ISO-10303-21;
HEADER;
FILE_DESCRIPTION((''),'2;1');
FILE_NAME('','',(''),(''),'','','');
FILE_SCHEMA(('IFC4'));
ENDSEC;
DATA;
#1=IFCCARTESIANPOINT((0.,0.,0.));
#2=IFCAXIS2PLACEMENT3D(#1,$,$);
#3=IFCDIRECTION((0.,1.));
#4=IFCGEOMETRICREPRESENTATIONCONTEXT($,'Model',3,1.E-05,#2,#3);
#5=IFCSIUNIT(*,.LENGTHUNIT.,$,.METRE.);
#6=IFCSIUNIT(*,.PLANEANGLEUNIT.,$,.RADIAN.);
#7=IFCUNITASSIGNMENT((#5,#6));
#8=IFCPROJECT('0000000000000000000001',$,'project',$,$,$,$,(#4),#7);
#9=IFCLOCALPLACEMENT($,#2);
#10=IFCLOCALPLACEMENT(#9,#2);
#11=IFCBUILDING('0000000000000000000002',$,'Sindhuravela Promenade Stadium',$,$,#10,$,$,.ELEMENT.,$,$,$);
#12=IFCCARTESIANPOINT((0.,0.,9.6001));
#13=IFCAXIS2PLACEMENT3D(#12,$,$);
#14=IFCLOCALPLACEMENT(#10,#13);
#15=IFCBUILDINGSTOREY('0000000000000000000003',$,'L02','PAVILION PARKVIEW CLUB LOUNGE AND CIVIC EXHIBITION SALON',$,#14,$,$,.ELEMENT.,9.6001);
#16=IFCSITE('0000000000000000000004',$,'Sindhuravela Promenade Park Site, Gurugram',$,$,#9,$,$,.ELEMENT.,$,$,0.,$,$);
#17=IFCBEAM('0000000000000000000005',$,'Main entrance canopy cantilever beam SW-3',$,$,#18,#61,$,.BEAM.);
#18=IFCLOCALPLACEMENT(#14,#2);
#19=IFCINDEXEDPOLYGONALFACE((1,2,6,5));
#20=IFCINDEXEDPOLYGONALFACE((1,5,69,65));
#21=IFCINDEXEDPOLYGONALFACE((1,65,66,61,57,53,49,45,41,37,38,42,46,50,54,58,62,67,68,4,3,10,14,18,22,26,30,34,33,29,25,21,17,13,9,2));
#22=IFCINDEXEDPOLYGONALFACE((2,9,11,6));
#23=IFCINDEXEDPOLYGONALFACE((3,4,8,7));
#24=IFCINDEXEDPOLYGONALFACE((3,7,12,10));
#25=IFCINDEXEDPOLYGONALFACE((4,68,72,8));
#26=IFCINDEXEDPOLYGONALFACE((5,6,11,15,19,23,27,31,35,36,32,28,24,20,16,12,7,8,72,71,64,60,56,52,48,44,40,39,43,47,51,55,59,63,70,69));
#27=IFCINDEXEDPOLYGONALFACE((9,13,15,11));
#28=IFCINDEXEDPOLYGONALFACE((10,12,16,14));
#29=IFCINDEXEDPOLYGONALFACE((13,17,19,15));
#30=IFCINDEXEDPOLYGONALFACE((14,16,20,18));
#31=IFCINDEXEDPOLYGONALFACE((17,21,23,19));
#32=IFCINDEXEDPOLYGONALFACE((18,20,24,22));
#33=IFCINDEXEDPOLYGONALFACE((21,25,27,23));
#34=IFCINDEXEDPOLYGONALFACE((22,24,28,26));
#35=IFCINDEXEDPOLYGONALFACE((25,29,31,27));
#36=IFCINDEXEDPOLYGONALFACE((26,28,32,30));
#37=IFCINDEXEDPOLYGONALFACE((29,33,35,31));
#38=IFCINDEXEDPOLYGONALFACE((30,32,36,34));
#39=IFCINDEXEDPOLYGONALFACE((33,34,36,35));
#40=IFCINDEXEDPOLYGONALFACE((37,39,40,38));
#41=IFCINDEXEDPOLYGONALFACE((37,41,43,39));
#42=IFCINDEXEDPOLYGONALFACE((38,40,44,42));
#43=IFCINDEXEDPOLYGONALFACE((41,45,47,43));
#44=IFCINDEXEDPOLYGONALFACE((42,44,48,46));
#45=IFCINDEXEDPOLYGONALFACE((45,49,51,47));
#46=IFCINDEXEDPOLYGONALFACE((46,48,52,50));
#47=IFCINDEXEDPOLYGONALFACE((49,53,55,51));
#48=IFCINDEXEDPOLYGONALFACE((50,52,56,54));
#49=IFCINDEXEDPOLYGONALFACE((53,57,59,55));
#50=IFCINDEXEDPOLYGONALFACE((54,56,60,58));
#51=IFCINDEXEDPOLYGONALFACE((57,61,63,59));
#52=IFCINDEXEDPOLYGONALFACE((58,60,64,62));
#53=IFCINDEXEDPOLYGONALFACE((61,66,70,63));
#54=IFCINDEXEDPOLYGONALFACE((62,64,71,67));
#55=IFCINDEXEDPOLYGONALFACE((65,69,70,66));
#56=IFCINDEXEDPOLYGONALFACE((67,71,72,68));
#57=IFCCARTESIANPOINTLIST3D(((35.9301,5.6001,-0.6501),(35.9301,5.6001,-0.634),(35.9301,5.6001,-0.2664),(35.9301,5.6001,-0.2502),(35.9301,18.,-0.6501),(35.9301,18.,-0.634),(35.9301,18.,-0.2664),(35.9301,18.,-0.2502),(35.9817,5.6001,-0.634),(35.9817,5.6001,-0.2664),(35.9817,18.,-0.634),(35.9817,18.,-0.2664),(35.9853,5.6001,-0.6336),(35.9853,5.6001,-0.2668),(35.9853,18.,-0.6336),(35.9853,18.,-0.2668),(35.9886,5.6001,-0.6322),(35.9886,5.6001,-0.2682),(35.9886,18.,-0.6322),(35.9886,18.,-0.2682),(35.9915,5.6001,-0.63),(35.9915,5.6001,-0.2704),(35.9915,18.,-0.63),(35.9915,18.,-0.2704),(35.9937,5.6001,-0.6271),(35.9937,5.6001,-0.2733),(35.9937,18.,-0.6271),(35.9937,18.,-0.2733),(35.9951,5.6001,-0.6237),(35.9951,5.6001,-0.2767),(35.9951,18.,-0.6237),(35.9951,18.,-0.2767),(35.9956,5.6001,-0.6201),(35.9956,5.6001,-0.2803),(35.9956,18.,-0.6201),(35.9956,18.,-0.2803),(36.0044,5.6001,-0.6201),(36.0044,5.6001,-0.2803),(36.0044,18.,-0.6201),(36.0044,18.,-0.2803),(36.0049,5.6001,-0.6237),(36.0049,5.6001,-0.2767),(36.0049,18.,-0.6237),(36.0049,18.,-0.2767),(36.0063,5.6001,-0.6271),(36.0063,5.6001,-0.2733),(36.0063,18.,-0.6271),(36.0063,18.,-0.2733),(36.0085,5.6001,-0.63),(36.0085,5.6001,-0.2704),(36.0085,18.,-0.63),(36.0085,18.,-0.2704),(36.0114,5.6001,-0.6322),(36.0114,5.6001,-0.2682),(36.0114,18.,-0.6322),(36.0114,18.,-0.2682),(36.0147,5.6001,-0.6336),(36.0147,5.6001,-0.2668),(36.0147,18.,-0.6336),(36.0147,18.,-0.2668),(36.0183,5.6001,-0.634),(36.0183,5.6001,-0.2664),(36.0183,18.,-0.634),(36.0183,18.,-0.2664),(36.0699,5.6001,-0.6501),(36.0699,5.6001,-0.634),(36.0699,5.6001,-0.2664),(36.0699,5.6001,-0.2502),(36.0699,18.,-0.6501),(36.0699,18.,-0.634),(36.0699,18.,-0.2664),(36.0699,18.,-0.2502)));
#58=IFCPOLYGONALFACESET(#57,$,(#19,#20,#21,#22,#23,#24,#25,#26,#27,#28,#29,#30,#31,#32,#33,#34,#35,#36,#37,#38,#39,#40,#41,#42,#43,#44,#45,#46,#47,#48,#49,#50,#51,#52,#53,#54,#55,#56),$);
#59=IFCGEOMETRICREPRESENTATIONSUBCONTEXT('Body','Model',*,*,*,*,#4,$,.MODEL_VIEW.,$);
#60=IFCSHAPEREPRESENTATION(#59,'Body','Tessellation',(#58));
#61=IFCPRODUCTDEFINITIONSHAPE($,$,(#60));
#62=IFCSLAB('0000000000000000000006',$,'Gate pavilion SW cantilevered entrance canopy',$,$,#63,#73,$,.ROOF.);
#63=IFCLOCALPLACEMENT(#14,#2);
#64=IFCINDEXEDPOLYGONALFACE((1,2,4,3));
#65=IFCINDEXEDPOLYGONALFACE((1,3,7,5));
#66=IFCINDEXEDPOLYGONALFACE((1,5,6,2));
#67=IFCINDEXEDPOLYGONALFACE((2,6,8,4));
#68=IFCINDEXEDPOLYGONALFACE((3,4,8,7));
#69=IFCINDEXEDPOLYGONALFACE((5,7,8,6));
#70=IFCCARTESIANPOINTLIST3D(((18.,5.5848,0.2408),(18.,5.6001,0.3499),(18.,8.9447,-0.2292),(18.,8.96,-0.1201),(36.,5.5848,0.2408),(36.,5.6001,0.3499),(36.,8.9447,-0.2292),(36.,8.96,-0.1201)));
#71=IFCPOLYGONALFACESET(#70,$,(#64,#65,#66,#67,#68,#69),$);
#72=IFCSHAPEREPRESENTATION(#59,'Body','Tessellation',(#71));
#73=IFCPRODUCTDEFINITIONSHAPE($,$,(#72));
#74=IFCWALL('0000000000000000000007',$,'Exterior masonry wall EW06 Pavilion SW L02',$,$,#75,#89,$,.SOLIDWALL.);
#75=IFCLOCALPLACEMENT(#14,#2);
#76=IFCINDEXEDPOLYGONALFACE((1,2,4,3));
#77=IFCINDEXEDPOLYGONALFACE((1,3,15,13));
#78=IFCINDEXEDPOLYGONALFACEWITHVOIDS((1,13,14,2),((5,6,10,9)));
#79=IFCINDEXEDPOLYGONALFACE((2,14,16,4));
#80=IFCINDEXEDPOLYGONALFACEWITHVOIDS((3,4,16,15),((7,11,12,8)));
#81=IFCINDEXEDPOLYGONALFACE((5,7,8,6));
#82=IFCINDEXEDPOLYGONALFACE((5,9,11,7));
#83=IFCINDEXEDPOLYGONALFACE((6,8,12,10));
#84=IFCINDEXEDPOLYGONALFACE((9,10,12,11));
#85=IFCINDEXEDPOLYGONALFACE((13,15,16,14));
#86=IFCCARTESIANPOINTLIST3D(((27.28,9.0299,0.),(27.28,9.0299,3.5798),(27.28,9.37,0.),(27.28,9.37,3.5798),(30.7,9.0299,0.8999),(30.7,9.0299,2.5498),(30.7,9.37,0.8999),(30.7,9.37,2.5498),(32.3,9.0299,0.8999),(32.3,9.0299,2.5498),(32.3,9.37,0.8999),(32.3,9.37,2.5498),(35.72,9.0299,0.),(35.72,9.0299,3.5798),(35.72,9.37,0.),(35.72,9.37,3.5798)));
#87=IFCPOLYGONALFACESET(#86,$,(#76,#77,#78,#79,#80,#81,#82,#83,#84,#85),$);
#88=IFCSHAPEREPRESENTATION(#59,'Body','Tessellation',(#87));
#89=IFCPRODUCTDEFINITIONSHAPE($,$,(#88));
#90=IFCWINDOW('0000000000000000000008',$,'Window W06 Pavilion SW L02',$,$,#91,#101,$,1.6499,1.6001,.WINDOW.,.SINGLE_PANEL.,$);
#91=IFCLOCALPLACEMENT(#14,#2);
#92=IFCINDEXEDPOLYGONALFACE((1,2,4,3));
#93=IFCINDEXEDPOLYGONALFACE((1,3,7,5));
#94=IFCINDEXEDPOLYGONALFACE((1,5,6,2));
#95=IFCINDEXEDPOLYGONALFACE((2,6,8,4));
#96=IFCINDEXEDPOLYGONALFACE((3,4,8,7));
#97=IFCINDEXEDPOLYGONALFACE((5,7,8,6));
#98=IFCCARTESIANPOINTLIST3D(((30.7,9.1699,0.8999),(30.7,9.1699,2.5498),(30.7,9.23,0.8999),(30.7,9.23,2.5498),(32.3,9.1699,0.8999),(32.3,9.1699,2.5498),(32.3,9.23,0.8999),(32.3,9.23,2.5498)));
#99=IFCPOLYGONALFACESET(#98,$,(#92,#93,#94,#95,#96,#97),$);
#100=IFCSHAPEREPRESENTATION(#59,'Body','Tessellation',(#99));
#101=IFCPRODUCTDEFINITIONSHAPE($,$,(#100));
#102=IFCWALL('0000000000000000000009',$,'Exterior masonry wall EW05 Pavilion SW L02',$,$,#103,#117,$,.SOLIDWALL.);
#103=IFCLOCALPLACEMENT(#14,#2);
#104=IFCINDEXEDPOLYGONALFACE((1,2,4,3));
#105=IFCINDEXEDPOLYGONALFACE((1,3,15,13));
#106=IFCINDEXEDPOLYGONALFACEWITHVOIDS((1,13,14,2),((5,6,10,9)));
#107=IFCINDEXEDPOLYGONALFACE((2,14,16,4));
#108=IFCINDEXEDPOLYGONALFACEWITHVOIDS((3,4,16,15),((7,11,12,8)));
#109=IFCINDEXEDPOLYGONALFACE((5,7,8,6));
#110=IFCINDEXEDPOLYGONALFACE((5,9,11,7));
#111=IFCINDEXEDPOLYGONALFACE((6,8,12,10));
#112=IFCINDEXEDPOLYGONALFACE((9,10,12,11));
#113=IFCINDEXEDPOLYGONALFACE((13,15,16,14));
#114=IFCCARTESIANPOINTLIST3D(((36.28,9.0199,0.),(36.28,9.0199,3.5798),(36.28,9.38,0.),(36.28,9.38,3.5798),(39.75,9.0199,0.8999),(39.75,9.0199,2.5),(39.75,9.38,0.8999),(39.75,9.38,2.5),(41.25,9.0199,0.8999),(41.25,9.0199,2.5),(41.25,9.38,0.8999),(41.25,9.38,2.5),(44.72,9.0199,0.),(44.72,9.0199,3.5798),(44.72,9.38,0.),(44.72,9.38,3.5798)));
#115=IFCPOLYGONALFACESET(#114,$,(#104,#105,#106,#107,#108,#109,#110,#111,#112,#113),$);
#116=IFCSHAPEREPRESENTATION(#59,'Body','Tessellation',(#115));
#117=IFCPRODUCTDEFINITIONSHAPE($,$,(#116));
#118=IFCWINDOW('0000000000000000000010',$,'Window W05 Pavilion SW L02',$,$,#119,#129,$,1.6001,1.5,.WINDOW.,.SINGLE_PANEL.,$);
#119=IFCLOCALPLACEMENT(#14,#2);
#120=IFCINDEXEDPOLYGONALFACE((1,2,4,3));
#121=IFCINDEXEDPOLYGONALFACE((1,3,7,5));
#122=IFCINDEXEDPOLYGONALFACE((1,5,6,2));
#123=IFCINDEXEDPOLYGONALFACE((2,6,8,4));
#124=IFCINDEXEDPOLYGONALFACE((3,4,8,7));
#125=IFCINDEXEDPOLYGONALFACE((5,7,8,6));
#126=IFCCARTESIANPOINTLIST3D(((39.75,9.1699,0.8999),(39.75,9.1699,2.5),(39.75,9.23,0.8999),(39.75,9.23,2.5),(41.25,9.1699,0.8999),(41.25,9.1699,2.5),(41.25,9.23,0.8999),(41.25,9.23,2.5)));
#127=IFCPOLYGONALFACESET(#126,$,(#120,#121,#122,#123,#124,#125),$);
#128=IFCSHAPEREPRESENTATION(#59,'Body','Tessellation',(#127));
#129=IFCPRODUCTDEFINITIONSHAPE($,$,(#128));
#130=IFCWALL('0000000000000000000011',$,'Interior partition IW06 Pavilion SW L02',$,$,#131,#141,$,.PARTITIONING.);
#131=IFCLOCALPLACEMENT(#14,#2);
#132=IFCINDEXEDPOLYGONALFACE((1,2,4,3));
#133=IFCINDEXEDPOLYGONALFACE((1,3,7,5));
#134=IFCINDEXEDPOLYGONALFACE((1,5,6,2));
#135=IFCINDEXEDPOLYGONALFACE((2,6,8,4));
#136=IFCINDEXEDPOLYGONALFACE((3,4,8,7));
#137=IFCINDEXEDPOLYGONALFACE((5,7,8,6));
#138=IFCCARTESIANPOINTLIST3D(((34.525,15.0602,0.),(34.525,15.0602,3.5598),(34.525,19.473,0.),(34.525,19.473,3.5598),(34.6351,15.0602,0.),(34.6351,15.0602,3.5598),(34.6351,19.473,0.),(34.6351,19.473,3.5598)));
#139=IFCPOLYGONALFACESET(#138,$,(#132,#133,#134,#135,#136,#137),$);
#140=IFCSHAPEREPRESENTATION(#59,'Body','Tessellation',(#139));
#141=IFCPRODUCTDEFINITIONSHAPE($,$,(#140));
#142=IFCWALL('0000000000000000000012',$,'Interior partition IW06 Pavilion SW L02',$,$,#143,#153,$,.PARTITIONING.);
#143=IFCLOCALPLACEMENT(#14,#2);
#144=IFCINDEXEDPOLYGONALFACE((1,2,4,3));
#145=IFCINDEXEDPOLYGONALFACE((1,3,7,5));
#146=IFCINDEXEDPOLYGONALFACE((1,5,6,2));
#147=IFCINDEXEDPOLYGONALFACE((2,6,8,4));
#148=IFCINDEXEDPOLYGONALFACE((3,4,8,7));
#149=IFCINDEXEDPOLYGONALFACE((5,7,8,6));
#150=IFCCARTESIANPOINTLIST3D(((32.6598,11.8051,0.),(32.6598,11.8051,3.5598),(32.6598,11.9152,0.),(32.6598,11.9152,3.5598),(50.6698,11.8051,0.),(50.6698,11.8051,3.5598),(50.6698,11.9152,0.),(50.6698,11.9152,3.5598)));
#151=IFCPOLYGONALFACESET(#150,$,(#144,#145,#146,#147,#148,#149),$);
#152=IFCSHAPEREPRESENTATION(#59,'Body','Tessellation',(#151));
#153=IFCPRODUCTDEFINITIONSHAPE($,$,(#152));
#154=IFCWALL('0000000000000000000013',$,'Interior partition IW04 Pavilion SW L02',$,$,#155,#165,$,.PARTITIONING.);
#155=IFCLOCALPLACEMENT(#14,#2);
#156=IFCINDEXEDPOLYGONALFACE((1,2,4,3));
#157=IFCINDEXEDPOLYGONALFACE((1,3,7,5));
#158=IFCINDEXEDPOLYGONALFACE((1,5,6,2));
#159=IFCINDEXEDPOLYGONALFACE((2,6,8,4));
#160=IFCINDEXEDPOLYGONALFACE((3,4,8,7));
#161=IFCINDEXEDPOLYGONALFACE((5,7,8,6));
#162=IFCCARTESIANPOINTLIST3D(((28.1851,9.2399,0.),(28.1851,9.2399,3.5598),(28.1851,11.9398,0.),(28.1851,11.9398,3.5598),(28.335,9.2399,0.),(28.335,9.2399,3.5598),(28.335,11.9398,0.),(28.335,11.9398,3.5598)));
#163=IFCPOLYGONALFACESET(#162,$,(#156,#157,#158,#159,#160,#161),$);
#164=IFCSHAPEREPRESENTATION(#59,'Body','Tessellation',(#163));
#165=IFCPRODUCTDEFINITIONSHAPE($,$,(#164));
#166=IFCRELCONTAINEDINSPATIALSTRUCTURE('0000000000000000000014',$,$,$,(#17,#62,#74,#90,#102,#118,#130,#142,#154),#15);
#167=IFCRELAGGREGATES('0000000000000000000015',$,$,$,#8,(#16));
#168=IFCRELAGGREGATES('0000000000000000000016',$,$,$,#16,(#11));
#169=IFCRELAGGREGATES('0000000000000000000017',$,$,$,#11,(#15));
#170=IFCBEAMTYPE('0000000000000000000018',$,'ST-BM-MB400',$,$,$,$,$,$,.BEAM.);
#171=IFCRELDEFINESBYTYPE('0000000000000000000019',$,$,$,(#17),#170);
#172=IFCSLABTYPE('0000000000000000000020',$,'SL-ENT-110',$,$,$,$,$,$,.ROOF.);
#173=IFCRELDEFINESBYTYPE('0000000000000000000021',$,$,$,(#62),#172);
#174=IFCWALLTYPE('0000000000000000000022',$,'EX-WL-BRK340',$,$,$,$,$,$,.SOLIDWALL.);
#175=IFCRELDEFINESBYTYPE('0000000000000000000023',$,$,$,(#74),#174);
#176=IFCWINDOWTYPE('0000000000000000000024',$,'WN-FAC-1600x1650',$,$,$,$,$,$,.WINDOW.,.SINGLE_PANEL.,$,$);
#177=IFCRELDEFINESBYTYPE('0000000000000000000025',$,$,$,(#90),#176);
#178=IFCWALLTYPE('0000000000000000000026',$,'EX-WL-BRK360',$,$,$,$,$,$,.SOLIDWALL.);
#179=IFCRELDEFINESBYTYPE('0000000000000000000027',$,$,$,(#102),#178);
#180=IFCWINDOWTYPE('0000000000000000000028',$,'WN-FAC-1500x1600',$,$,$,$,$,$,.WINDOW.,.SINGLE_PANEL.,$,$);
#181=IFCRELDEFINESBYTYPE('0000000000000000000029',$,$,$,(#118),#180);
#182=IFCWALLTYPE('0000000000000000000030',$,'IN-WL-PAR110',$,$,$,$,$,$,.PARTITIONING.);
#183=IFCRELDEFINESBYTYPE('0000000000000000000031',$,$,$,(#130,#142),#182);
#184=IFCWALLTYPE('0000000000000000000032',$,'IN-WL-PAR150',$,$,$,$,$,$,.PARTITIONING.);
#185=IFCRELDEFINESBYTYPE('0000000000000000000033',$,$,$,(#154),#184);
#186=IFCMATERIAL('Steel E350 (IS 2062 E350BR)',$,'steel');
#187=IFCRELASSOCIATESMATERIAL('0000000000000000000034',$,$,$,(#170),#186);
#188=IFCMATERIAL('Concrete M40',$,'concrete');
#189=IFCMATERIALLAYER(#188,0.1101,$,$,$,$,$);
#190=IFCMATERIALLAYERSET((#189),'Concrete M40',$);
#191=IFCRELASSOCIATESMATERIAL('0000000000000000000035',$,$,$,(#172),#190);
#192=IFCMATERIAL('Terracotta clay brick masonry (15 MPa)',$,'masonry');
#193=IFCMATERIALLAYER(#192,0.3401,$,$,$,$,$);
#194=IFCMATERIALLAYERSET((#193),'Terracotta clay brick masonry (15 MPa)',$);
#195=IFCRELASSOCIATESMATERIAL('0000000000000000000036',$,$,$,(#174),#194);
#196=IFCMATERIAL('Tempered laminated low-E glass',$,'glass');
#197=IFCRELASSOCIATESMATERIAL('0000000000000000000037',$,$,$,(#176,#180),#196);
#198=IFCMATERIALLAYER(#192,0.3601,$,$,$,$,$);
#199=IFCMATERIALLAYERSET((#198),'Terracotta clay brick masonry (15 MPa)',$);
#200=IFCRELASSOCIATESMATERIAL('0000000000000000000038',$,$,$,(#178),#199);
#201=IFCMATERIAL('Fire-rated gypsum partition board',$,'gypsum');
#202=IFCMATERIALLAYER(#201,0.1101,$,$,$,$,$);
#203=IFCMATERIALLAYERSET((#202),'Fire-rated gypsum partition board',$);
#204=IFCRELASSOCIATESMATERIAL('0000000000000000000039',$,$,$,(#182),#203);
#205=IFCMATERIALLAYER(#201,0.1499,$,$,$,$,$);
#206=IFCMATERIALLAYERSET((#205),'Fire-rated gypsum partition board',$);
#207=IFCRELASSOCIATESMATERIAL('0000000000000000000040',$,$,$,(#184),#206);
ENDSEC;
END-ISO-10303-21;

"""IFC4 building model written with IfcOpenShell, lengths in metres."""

from ifc_helpers import new_model, si_unit, direction, frame, frame_2d, origin, origin_2d, place, context, subcontext, project, spatial, polyline, rectangle, i_section, outline, extrude, material, layer, layer_set, material_profile, profile_set, type_object, element, fill, save


model = new_model("IFC4")

# Units and contexts
model_context = context("Model", 3, precision=1e-05, world=origin(), true_north=direction((0.0, 1.0)))
body_context = subcontext(model_context, "Body", "Model", "MODEL_VIEW")
ifc_project = project(units=[si_unit("LENGTHUNIT", "METRE"), si_unit("PLANEANGLEUNIT", "RADIAN")], contexts=[model_context])

# Site, building, storey
site_placement = place(None, origin())
site = spatial("IfcSite", under=ifc_project, at=site_placement, Name="Sindhuravela Promenade Park Site, Gurugram", CompositionType="ELEMENT", RefElevation=0.0)
building_placement = place(site_placement, origin())
building = spatial("IfcBuilding", under=site, at=building_placement, Name="Sindhuravela Promenade Stadium", CompositionType="ELEMENT")
storey_placement = place(building_placement, frame((0.0, 0.0, 9.6001)))
storey = spatial("IfcBuildingStorey", under=building, at=storey_placement, Name="L02", Description="PAVILION PARKVIEW CLUB LOUNGE AND CIVIC EXHIBITION SALON", CompositionType="ELEMENT", Elevation=9.6001)

# Shared definitions
ifc_material_1 = material(Name="Concrete M40", Category="concrete")

# Beam
ifc_material_2 = material(Name="Steel E350 (IS 2062 E350BR)", Category="steel")
ifc_material_profile_1 = material_profile(ifc_material_2, i_section(OverallWidth=0.1399, OverallDepth=0.3999, WebThickness=0.0088, FlangeThickness=0.0161, FilletRadius=0.0139, at=origin_2d()), Name="ISMB 400")
ifc_profile_set_1 = profile_set([ifc_material_profile_1], Name="Steel E350 (IS 2062 E350BR)")
beam_type_1 = type_object("IfcBeamType", Name="ST-BM-MB400", PredefinedType="BEAM", material=ifc_profile_set_1)
beam_1_placement = place(storey_placement, frame((36.0, 18.0, -0.4502), z_axis=(0.0, -1.0, 0.0), x_axis=(1.0, 0.0, 0.0)))
element("IfcBeam", 1, at=beam_1_placement, inside=storey, type_object=beam_type_1, Name="Main entrance canopy cantilever beam SW-3", PredefinedType="BEAM", context=body_context, shape_type="SweptSolid", body=[
    extrude(i_section(OverallWidth=0.1399, OverallDepth=0.3999, WebThickness=0.0088, FlangeThickness=0.0161, FilletRadius=0.0139, at=origin_2d()), origin(), (0.0, 0.0, 1.0), 12.3999),
])

# Slab
ifc_layer_1 = layer(ifc_material_1, 0.1101)
ifc_layer_set_1 = layer_set([ifc_layer_1], Name="Concrete M40")
slab_type = type_object("IfcSlabType", Name="SL-ENT-110", PredefinedType="ROOF", material=ifc_layer_set_1)
slab_placement = place(storey_placement, frame((36.0, 8.96, -0.1201), z_axis=(0.0, 0.138529, 0.990358), x_axis=(-1.0, 0.0, 0.0)))
element("IfcSlab", 2, at=slab_placement, inside=storey, type_object=slab_type, Name="Gate pavilion SW cantilevered entrance canopy", PredefinedType="ROOF", context=body_context, shape_type="SweptSolid", body=[
    extrude(outline(polyline([(0.0, 0.0), (18.0, 0.0), (18.0, 3.3926), (0.0, 3.3926), (0.0, 0.0)])), origin(), (0.0, 0.0, -1.0), 0.1101),
])

# Walls, openings, windows
ifc_material_3 = material(Name="Terracotta clay brick masonry (15 MPa)", Category="masonry")
ifc_layer_2 = layer(ifc_material_3, 0.3401)
ifc_layer_set_2 = layer_set([ifc_layer_2], Name="Terracotta clay brick masonry (15 MPa)")
wall_type_1 = type_object("IfcWallType", Name="EX-WL-BRK340", PredefinedType="SOLIDWALL", material=ifc_layer_set_2)
wall_1_placement = place(storey_placement, frame((35.72, 9.2, 0.0), z_axis=(0.0, 0.0, 1.0), x_axis=(-1.0, 0.0, 0.0)))
wall_1 = element("IfcWall", 3, at=wall_1_placement, inside=storey, type_object=wall_type_1, Name="Exterior masonry wall EW06 Pavilion SW L02", PredefinedType="SOLIDWALL", context=body_context, shape_type="SweptSolid", body=[
    extrude(rectangle(XDim=8.4399, YDim=0.3401, at=frame_2d((4.22, 0.0))), origin(), (0.0, 0.0, 1.0), 3.5798),
])
opening_1_placement = place(wall_1_placement, frame((3.4199, 0.0, 0.8999)))
opening_1 = element("IfcOpeningElement", 4, at=opening_1_placement, cuts=wall_1, PredefinedType="OPENING", context=body_context, shape_type="SweptSolid", body=[
    extrude(rectangle(XDim=1.6001, YDim=1.6499, at=frame_2d((0.8, 0.825))), frame((0.0, 0.1799, 0.0), z_axis=(0.0, -1.0, 0.0), x_axis=(1.0, 0.0, 0.0)), (0.0, 0.0, 1.0), 0.3601),
])
ifc_material_4 = material(Name="Tempered laminated low-E glass", Category="glass")
window_type_1 = type_object("IfcWindowType", Name="WN-FAC-1600x1650", PartitioningType="SINGLE_PANEL", PredefinedType="WINDOW", material=ifc_material_4)
window_1_placement = place(opening_1_placement, origin())
window_1 = element("IfcWindow", 5, at=window_1_placement, inside=storey, type_object=window_type_1, Name="Window W06 Pavilion SW L02", OverallHeight=1.6499, OverallWidth=1.6001, PartitioningType="SINGLE_PANEL", PredefinedType="WINDOW", context=body_context, shape_type="SweptSolid", body=[
    extrude(rectangle(XDim=1.6001, YDim=1.6499, at=frame_2d((0.8, 0.825))), frame((0.0, 0.03, 0.0), z_axis=(0.0, -1.0, 0.0), x_axis=(1.0, 0.0, 0.0)), (0.0, 0.0, 1.0), 0.0601),
])
fill(opening_1, window_1)
ifc_layer_3 = layer(ifc_material_3, 0.3601)
ifc_layer_set_3 = layer_set([ifc_layer_3], Name="Terracotta clay brick masonry (15 MPa)")
wall_type_2 = type_object("IfcWallType", Name="EX-WL-BRK360", PredefinedType="SOLIDWALL", material=ifc_layer_set_3)
wall_2_placement = place(storey_placement, frame((44.72, 9.2, 0.0), z_axis=(0.0, 0.0, 1.0), x_axis=(-1.0, 0.0, 0.0)))
wall_2 = element("IfcWall", 6, at=wall_2_placement, inside=storey, type_object=wall_type_2, Name="Exterior masonry wall EW05 Pavilion SW L02", PredefinedType="SOLIDWALL", context=body_context, shape_type="SweptSolid", body=[
    extrude(rectangle(XDim=8.4399, YDim=0.3601, at=frame_2d((4.22, 0.0))), origin(), (0.0, 0.0, 1.0), 3.5798),
])
opening_2_placement = place(wall_2_placement, frame((3.47, 0.0, 0.8999)))
opening_2 = element("IfcOpeningElement", 7, at=opening_2_placement, cuts=wall_2, PredefinedType="OPENING", context=body_context, shape_type="SweptSolid", body=[
    extrude(rectangle(XDim=1.5, YDim=1.6001, at=frame_2d((0.75, 0.8))), frame((0.0, 0.1899, 0.0), z_axis=(0.0, -1.0, 0.0), x_axis=(1.0, 0.0, 0.0)), (0.0, 0.0, 1.0), 0.3801),
])
window_type_2 = type_object("IfcWindowType", Name="WN-FAC-1500x1600", PartitioningType="SINGLE_PANEL", PredefinedType="WINDOW", material=ifc_material_4)
window_2_placement = place(opening_2_placement, origin())
window_2 = element("IfcWindow", 8, at=window_2_placement, inside=storey, type_object=window_type_2, Name="Window W05 Pavilion SW L02", OverallHeight=1.6001, OverallWidth=1.5, PartitioningType="SINGLE_PANEL", PredefinedType="WINDOW", context=body_context, shape_type="SweptSolid", body=[
    extrude(rectangle(XDim=1.5, YDim=1.6001, at=frame_2d((0.75, 0.8))), frame((0.0, 0.03, 0.0), z_axis=(0.0, -1.0, 0.0), x_axis=(1.0, 0.0, 0.0)), (0.0, 0.0, 1.0), 0.0601),
])
fill(opening_2, window_2)

# Walls
ifc_material_5 = material(Name="Fire-rated gypsum partition board", Category="gypsum")
ifc_layer_4 = layer(ifc_material_5, 0.1101)
ifc_layer_set_4 = layer_set([ifc_layer_4], Name="Fire-rated gypsum partition board")
wall_type_3 = type_object("IfcWallType", Name="IN-WL-PAR110", PredefinedType="PARTITIONING", material=ifc_layer_set_4)
wall_3_placement = place(storey_placement, frame((34.5801, 15.0601, 0.0), z_axis=(0.0, 0.0, 1.0), x_axis=(0.0, 1.0, 0.0)))
element("IfcWall", 9, at=wall_3_placement, inside=storey, type_object=wall_type_3, Name="Interior partition IW06 Pavilion SW L02", PredefinedType="PARTITIONING", context=body_context, shape_type="SweptSolid", body=[
    extrude(rectangle(XDim=4.4128, YDim=0.1101, at=frame_2d((2.2065, 0.0))), origin(), (0.0, 0.0, 1.0), 3.5598),
])
wall_4_placement = place(storey_placement, frame((32.6599, 11.8601, 0.0), z_axis=(0.0, 0.0, 1.0), x_axis=(1.0, 0.0, 0.0)))
element("IfcWall", 10, at=wall_4_placement, inside=storey, type_object=wall_type_3, Name="Interior partition IW06 Pavilion SW L02", PredefinedType="PARTITIONING", context=body_context, shape_type="SweptSolid", body=[
    extrude(rectangle(XDim=18.01, YDim=0.1101, at=frame_2d((9.0049, 0.0))), origin(), (0.0, 0.0, 1.0), 3.5598),
])

# Wall
ifc_layer_5 = layer(ifc_material_5, 0.1499)
ifc_layer_set_5 = layer_set([ifc_layer_5], Name="Fire-rated gypsum partition board")
wall_type_4 = type_object("IfcWallType", Name="IN-WL-PAR150", PredefinedType="PARTITIONING", material=ifc_layer_set_5)
wall_5_placement = place(storey_placement, frame((28.26, 11.9399, 0.0), z_axis=(0.0, 0.0, 1.0), x_axis=(0.0, -1.0, 0.0)))
element("IfcWall", 11, at=wall_5_placement, inside=storey, type_object=wall_type_4, Name="Interior partition IW04 Pavilion SW L02", PredefinedType="PARTITIONING", context=body_context, shape_type="SweptSolid", body=[
    extrude(rectangle(XDim=2.7, YDim=0.1499, at=frame_2d((1.3501, 0.0))), origin(), (0.0, 0.0, 1.0), 3.5598),
])

save(model, "model.ifc")
